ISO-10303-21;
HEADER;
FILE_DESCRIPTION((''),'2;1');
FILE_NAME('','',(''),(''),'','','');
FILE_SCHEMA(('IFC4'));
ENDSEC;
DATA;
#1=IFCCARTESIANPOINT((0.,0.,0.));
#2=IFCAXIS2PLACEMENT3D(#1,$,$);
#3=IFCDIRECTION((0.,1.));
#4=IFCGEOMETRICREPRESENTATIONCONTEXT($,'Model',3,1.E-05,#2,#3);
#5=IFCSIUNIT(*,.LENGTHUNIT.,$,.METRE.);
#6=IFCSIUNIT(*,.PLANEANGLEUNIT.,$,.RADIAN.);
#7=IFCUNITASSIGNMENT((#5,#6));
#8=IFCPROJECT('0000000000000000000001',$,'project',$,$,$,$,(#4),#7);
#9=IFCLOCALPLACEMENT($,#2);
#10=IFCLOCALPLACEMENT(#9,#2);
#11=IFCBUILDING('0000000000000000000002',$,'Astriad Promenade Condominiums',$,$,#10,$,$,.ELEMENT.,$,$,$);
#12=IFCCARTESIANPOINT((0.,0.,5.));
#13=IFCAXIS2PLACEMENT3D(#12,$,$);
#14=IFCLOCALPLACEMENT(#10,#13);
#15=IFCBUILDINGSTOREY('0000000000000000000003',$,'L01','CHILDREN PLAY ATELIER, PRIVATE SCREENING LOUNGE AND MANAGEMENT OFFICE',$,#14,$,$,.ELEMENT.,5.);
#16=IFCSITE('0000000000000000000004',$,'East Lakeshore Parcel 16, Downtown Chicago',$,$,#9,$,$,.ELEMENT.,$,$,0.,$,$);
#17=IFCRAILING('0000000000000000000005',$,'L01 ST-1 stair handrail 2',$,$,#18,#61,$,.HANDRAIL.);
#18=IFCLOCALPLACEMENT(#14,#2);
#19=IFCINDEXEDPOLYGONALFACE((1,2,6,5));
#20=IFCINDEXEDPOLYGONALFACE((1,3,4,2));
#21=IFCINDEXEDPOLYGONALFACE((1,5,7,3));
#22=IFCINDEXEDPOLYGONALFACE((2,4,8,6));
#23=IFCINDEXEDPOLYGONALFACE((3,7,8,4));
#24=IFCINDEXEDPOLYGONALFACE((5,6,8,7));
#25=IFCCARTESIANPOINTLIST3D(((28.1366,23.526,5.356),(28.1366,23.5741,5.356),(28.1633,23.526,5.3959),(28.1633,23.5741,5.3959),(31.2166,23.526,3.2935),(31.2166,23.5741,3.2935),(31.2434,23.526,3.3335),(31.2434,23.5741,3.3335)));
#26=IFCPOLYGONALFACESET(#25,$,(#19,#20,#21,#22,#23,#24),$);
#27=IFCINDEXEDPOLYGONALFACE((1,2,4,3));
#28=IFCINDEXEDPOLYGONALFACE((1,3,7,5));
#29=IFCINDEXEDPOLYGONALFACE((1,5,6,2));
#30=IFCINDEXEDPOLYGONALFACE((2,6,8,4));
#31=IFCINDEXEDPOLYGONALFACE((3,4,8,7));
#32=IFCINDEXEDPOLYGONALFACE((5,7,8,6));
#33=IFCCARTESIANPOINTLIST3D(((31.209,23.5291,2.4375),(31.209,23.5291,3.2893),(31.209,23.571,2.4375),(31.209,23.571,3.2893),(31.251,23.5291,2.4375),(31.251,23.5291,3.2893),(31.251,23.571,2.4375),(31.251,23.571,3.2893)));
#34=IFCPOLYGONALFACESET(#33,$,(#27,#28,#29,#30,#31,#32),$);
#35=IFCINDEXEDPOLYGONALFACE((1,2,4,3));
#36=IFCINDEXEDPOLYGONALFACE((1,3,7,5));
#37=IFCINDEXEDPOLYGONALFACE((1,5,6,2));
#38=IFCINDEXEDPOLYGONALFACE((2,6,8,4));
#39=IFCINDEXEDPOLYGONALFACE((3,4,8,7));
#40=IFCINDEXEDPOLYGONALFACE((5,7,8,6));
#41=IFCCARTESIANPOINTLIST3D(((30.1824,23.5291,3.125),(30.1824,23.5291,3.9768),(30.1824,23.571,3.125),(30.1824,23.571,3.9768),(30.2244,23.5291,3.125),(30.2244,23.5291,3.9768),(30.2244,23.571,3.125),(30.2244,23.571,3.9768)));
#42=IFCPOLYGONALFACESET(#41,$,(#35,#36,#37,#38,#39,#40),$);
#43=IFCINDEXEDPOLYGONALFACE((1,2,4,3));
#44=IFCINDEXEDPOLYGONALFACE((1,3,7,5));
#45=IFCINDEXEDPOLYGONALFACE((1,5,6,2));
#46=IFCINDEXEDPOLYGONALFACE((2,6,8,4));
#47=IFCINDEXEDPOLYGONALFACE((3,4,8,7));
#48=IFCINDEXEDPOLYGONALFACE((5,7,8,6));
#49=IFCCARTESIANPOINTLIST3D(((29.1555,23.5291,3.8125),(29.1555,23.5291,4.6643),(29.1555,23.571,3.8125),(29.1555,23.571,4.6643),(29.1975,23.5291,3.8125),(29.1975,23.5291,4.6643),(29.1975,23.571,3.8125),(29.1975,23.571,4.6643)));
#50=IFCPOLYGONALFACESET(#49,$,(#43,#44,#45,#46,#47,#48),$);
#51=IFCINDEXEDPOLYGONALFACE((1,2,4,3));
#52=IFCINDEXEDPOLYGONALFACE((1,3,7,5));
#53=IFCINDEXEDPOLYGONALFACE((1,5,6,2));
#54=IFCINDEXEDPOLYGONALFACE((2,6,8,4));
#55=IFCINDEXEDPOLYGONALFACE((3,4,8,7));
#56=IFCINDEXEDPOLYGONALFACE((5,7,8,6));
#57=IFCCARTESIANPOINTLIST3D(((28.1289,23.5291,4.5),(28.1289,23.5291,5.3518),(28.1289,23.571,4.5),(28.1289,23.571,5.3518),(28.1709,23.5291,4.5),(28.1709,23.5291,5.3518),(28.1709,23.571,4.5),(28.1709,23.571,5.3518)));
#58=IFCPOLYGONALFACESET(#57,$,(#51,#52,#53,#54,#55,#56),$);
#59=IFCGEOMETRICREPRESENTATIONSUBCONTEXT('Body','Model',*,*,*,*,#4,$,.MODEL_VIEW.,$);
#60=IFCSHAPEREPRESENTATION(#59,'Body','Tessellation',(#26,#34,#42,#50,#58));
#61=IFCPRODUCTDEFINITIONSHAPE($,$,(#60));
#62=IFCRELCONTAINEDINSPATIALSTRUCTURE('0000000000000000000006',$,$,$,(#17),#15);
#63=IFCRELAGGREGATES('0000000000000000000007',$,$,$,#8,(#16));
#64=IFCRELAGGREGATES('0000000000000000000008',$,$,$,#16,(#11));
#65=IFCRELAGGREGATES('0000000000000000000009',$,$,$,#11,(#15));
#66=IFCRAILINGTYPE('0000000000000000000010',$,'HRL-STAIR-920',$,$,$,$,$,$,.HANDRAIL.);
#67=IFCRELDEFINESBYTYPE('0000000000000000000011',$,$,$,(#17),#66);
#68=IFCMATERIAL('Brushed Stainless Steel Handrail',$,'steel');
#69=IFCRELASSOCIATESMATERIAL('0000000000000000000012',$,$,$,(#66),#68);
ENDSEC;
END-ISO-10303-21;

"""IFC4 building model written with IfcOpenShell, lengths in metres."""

from ifc_helpers import new_model, si_unit, direction, frame, origin, origin_2d, place, context, subcontext, project, spatial, rectangle, extrude, source, transform, mapped, material, type_object, element, save


model = new_model("IFC4")

# Units and contexts
model_context = context("Model", 3, precision=1e-05, world=origin(), true_north=direction((0.0, 1.0)))
body_context = subcontext(model_context, "Body", "Model", "MODEL_VIEW")
ifc_project = project(units=[si_unit("LENGTHUNIT", "METRE"), si_unit("PLANEANGLEUNIT", "RADIAN")], contexts=[model_context])

# Site, building, storey
site_placement = place(None, origin())
site = spatial("IfcSite", under=ifc_project, at=site_placement, Name="East Lakeshore Parcel 16, Downtown Chicago", CompositionType="ELEMENT", RefElevation=0.0)
building_placement = place(site_placement, origin())
building = spatial("IfcBuilding", under=site, at=building_placement, Name="Astriad Promenade Condominiums", CompositionType="ELEMENT")
storey_placement = place(building_placement, frame((0.0, 0.0, 5.0)))
storey = spatial("IfcBuildingStorey", under=building, at=storey_placement, Name="L01", Description="CHILDREN PLAY ATELIER, PRIVATE SCREENING LOUNGE AND MANAGEMENT OFFICE", CompositionType="ELEMENT", Elevation=5.0)

# Railing
ifc_material_1 = material(Name="Brushed Stainless Steel Handrail", Category="steel")
railing_type_1 = type_object("IfcRailingType", Name="HRL-STAIR-920", PredefinedType="HANDRAIL", material=ifc_material_1)
shared_shape_1 = source(origin(), body_context, "Body", "SweptSolid", [
    extrude(rectangle(XDim=0.0481, YDim=0.0481, at=origin_2d()), frame((0.0, 0.0, 0.876), z_axis=(-0.830914, 0.0, 0.556401), x_axis=(0.0, -1.0, 0.0)), (0.0, 0.0, 1.0), 3.7068),
    extrude(rectangle(XDim=0.042, YDim=0.042, at=origin_2d()), origin(), (0.0, 0.0, 1.0), 0.8518),
    extrude(rectangle(XDim=0.042, YDim=0.042, at=origin_2d()), frame((-1.0266, 0.0, 0.6875)), (0.0, 0.0, 1.0), 0.8518),
    extrude(rectangle(XDim=0.042, YDim=0.042, at=origin_2d()), frame((-2.0535, 0.0, 1.375)), (0.0, 0.0, 1.0), 0.8518),
    extrude(rectangle(XDim=0.042, YDim=0.042, at=origin_2d()), frame((-3.0801, 0.0, 2.0625)), (0.0, 0.0, 1.0), 0.8518),
])
railing_1_placement = place(storey_placement, frame((31.23, 23.55, 2.4375)))
element("IfcRailing", 1, at=railing_1_placement, inside=storey, type_object=railing_type_1, Name="L01 ST-1 stair handrail 2", PredefinedType="HANDRAIL", context=body_context, shape_type="MappedRepresentation", body=[
    mapped(shared_shape_1, transform((0.0, 0.0, 0.0), scale=1.0)),
])

save(model, "model.ifc")
